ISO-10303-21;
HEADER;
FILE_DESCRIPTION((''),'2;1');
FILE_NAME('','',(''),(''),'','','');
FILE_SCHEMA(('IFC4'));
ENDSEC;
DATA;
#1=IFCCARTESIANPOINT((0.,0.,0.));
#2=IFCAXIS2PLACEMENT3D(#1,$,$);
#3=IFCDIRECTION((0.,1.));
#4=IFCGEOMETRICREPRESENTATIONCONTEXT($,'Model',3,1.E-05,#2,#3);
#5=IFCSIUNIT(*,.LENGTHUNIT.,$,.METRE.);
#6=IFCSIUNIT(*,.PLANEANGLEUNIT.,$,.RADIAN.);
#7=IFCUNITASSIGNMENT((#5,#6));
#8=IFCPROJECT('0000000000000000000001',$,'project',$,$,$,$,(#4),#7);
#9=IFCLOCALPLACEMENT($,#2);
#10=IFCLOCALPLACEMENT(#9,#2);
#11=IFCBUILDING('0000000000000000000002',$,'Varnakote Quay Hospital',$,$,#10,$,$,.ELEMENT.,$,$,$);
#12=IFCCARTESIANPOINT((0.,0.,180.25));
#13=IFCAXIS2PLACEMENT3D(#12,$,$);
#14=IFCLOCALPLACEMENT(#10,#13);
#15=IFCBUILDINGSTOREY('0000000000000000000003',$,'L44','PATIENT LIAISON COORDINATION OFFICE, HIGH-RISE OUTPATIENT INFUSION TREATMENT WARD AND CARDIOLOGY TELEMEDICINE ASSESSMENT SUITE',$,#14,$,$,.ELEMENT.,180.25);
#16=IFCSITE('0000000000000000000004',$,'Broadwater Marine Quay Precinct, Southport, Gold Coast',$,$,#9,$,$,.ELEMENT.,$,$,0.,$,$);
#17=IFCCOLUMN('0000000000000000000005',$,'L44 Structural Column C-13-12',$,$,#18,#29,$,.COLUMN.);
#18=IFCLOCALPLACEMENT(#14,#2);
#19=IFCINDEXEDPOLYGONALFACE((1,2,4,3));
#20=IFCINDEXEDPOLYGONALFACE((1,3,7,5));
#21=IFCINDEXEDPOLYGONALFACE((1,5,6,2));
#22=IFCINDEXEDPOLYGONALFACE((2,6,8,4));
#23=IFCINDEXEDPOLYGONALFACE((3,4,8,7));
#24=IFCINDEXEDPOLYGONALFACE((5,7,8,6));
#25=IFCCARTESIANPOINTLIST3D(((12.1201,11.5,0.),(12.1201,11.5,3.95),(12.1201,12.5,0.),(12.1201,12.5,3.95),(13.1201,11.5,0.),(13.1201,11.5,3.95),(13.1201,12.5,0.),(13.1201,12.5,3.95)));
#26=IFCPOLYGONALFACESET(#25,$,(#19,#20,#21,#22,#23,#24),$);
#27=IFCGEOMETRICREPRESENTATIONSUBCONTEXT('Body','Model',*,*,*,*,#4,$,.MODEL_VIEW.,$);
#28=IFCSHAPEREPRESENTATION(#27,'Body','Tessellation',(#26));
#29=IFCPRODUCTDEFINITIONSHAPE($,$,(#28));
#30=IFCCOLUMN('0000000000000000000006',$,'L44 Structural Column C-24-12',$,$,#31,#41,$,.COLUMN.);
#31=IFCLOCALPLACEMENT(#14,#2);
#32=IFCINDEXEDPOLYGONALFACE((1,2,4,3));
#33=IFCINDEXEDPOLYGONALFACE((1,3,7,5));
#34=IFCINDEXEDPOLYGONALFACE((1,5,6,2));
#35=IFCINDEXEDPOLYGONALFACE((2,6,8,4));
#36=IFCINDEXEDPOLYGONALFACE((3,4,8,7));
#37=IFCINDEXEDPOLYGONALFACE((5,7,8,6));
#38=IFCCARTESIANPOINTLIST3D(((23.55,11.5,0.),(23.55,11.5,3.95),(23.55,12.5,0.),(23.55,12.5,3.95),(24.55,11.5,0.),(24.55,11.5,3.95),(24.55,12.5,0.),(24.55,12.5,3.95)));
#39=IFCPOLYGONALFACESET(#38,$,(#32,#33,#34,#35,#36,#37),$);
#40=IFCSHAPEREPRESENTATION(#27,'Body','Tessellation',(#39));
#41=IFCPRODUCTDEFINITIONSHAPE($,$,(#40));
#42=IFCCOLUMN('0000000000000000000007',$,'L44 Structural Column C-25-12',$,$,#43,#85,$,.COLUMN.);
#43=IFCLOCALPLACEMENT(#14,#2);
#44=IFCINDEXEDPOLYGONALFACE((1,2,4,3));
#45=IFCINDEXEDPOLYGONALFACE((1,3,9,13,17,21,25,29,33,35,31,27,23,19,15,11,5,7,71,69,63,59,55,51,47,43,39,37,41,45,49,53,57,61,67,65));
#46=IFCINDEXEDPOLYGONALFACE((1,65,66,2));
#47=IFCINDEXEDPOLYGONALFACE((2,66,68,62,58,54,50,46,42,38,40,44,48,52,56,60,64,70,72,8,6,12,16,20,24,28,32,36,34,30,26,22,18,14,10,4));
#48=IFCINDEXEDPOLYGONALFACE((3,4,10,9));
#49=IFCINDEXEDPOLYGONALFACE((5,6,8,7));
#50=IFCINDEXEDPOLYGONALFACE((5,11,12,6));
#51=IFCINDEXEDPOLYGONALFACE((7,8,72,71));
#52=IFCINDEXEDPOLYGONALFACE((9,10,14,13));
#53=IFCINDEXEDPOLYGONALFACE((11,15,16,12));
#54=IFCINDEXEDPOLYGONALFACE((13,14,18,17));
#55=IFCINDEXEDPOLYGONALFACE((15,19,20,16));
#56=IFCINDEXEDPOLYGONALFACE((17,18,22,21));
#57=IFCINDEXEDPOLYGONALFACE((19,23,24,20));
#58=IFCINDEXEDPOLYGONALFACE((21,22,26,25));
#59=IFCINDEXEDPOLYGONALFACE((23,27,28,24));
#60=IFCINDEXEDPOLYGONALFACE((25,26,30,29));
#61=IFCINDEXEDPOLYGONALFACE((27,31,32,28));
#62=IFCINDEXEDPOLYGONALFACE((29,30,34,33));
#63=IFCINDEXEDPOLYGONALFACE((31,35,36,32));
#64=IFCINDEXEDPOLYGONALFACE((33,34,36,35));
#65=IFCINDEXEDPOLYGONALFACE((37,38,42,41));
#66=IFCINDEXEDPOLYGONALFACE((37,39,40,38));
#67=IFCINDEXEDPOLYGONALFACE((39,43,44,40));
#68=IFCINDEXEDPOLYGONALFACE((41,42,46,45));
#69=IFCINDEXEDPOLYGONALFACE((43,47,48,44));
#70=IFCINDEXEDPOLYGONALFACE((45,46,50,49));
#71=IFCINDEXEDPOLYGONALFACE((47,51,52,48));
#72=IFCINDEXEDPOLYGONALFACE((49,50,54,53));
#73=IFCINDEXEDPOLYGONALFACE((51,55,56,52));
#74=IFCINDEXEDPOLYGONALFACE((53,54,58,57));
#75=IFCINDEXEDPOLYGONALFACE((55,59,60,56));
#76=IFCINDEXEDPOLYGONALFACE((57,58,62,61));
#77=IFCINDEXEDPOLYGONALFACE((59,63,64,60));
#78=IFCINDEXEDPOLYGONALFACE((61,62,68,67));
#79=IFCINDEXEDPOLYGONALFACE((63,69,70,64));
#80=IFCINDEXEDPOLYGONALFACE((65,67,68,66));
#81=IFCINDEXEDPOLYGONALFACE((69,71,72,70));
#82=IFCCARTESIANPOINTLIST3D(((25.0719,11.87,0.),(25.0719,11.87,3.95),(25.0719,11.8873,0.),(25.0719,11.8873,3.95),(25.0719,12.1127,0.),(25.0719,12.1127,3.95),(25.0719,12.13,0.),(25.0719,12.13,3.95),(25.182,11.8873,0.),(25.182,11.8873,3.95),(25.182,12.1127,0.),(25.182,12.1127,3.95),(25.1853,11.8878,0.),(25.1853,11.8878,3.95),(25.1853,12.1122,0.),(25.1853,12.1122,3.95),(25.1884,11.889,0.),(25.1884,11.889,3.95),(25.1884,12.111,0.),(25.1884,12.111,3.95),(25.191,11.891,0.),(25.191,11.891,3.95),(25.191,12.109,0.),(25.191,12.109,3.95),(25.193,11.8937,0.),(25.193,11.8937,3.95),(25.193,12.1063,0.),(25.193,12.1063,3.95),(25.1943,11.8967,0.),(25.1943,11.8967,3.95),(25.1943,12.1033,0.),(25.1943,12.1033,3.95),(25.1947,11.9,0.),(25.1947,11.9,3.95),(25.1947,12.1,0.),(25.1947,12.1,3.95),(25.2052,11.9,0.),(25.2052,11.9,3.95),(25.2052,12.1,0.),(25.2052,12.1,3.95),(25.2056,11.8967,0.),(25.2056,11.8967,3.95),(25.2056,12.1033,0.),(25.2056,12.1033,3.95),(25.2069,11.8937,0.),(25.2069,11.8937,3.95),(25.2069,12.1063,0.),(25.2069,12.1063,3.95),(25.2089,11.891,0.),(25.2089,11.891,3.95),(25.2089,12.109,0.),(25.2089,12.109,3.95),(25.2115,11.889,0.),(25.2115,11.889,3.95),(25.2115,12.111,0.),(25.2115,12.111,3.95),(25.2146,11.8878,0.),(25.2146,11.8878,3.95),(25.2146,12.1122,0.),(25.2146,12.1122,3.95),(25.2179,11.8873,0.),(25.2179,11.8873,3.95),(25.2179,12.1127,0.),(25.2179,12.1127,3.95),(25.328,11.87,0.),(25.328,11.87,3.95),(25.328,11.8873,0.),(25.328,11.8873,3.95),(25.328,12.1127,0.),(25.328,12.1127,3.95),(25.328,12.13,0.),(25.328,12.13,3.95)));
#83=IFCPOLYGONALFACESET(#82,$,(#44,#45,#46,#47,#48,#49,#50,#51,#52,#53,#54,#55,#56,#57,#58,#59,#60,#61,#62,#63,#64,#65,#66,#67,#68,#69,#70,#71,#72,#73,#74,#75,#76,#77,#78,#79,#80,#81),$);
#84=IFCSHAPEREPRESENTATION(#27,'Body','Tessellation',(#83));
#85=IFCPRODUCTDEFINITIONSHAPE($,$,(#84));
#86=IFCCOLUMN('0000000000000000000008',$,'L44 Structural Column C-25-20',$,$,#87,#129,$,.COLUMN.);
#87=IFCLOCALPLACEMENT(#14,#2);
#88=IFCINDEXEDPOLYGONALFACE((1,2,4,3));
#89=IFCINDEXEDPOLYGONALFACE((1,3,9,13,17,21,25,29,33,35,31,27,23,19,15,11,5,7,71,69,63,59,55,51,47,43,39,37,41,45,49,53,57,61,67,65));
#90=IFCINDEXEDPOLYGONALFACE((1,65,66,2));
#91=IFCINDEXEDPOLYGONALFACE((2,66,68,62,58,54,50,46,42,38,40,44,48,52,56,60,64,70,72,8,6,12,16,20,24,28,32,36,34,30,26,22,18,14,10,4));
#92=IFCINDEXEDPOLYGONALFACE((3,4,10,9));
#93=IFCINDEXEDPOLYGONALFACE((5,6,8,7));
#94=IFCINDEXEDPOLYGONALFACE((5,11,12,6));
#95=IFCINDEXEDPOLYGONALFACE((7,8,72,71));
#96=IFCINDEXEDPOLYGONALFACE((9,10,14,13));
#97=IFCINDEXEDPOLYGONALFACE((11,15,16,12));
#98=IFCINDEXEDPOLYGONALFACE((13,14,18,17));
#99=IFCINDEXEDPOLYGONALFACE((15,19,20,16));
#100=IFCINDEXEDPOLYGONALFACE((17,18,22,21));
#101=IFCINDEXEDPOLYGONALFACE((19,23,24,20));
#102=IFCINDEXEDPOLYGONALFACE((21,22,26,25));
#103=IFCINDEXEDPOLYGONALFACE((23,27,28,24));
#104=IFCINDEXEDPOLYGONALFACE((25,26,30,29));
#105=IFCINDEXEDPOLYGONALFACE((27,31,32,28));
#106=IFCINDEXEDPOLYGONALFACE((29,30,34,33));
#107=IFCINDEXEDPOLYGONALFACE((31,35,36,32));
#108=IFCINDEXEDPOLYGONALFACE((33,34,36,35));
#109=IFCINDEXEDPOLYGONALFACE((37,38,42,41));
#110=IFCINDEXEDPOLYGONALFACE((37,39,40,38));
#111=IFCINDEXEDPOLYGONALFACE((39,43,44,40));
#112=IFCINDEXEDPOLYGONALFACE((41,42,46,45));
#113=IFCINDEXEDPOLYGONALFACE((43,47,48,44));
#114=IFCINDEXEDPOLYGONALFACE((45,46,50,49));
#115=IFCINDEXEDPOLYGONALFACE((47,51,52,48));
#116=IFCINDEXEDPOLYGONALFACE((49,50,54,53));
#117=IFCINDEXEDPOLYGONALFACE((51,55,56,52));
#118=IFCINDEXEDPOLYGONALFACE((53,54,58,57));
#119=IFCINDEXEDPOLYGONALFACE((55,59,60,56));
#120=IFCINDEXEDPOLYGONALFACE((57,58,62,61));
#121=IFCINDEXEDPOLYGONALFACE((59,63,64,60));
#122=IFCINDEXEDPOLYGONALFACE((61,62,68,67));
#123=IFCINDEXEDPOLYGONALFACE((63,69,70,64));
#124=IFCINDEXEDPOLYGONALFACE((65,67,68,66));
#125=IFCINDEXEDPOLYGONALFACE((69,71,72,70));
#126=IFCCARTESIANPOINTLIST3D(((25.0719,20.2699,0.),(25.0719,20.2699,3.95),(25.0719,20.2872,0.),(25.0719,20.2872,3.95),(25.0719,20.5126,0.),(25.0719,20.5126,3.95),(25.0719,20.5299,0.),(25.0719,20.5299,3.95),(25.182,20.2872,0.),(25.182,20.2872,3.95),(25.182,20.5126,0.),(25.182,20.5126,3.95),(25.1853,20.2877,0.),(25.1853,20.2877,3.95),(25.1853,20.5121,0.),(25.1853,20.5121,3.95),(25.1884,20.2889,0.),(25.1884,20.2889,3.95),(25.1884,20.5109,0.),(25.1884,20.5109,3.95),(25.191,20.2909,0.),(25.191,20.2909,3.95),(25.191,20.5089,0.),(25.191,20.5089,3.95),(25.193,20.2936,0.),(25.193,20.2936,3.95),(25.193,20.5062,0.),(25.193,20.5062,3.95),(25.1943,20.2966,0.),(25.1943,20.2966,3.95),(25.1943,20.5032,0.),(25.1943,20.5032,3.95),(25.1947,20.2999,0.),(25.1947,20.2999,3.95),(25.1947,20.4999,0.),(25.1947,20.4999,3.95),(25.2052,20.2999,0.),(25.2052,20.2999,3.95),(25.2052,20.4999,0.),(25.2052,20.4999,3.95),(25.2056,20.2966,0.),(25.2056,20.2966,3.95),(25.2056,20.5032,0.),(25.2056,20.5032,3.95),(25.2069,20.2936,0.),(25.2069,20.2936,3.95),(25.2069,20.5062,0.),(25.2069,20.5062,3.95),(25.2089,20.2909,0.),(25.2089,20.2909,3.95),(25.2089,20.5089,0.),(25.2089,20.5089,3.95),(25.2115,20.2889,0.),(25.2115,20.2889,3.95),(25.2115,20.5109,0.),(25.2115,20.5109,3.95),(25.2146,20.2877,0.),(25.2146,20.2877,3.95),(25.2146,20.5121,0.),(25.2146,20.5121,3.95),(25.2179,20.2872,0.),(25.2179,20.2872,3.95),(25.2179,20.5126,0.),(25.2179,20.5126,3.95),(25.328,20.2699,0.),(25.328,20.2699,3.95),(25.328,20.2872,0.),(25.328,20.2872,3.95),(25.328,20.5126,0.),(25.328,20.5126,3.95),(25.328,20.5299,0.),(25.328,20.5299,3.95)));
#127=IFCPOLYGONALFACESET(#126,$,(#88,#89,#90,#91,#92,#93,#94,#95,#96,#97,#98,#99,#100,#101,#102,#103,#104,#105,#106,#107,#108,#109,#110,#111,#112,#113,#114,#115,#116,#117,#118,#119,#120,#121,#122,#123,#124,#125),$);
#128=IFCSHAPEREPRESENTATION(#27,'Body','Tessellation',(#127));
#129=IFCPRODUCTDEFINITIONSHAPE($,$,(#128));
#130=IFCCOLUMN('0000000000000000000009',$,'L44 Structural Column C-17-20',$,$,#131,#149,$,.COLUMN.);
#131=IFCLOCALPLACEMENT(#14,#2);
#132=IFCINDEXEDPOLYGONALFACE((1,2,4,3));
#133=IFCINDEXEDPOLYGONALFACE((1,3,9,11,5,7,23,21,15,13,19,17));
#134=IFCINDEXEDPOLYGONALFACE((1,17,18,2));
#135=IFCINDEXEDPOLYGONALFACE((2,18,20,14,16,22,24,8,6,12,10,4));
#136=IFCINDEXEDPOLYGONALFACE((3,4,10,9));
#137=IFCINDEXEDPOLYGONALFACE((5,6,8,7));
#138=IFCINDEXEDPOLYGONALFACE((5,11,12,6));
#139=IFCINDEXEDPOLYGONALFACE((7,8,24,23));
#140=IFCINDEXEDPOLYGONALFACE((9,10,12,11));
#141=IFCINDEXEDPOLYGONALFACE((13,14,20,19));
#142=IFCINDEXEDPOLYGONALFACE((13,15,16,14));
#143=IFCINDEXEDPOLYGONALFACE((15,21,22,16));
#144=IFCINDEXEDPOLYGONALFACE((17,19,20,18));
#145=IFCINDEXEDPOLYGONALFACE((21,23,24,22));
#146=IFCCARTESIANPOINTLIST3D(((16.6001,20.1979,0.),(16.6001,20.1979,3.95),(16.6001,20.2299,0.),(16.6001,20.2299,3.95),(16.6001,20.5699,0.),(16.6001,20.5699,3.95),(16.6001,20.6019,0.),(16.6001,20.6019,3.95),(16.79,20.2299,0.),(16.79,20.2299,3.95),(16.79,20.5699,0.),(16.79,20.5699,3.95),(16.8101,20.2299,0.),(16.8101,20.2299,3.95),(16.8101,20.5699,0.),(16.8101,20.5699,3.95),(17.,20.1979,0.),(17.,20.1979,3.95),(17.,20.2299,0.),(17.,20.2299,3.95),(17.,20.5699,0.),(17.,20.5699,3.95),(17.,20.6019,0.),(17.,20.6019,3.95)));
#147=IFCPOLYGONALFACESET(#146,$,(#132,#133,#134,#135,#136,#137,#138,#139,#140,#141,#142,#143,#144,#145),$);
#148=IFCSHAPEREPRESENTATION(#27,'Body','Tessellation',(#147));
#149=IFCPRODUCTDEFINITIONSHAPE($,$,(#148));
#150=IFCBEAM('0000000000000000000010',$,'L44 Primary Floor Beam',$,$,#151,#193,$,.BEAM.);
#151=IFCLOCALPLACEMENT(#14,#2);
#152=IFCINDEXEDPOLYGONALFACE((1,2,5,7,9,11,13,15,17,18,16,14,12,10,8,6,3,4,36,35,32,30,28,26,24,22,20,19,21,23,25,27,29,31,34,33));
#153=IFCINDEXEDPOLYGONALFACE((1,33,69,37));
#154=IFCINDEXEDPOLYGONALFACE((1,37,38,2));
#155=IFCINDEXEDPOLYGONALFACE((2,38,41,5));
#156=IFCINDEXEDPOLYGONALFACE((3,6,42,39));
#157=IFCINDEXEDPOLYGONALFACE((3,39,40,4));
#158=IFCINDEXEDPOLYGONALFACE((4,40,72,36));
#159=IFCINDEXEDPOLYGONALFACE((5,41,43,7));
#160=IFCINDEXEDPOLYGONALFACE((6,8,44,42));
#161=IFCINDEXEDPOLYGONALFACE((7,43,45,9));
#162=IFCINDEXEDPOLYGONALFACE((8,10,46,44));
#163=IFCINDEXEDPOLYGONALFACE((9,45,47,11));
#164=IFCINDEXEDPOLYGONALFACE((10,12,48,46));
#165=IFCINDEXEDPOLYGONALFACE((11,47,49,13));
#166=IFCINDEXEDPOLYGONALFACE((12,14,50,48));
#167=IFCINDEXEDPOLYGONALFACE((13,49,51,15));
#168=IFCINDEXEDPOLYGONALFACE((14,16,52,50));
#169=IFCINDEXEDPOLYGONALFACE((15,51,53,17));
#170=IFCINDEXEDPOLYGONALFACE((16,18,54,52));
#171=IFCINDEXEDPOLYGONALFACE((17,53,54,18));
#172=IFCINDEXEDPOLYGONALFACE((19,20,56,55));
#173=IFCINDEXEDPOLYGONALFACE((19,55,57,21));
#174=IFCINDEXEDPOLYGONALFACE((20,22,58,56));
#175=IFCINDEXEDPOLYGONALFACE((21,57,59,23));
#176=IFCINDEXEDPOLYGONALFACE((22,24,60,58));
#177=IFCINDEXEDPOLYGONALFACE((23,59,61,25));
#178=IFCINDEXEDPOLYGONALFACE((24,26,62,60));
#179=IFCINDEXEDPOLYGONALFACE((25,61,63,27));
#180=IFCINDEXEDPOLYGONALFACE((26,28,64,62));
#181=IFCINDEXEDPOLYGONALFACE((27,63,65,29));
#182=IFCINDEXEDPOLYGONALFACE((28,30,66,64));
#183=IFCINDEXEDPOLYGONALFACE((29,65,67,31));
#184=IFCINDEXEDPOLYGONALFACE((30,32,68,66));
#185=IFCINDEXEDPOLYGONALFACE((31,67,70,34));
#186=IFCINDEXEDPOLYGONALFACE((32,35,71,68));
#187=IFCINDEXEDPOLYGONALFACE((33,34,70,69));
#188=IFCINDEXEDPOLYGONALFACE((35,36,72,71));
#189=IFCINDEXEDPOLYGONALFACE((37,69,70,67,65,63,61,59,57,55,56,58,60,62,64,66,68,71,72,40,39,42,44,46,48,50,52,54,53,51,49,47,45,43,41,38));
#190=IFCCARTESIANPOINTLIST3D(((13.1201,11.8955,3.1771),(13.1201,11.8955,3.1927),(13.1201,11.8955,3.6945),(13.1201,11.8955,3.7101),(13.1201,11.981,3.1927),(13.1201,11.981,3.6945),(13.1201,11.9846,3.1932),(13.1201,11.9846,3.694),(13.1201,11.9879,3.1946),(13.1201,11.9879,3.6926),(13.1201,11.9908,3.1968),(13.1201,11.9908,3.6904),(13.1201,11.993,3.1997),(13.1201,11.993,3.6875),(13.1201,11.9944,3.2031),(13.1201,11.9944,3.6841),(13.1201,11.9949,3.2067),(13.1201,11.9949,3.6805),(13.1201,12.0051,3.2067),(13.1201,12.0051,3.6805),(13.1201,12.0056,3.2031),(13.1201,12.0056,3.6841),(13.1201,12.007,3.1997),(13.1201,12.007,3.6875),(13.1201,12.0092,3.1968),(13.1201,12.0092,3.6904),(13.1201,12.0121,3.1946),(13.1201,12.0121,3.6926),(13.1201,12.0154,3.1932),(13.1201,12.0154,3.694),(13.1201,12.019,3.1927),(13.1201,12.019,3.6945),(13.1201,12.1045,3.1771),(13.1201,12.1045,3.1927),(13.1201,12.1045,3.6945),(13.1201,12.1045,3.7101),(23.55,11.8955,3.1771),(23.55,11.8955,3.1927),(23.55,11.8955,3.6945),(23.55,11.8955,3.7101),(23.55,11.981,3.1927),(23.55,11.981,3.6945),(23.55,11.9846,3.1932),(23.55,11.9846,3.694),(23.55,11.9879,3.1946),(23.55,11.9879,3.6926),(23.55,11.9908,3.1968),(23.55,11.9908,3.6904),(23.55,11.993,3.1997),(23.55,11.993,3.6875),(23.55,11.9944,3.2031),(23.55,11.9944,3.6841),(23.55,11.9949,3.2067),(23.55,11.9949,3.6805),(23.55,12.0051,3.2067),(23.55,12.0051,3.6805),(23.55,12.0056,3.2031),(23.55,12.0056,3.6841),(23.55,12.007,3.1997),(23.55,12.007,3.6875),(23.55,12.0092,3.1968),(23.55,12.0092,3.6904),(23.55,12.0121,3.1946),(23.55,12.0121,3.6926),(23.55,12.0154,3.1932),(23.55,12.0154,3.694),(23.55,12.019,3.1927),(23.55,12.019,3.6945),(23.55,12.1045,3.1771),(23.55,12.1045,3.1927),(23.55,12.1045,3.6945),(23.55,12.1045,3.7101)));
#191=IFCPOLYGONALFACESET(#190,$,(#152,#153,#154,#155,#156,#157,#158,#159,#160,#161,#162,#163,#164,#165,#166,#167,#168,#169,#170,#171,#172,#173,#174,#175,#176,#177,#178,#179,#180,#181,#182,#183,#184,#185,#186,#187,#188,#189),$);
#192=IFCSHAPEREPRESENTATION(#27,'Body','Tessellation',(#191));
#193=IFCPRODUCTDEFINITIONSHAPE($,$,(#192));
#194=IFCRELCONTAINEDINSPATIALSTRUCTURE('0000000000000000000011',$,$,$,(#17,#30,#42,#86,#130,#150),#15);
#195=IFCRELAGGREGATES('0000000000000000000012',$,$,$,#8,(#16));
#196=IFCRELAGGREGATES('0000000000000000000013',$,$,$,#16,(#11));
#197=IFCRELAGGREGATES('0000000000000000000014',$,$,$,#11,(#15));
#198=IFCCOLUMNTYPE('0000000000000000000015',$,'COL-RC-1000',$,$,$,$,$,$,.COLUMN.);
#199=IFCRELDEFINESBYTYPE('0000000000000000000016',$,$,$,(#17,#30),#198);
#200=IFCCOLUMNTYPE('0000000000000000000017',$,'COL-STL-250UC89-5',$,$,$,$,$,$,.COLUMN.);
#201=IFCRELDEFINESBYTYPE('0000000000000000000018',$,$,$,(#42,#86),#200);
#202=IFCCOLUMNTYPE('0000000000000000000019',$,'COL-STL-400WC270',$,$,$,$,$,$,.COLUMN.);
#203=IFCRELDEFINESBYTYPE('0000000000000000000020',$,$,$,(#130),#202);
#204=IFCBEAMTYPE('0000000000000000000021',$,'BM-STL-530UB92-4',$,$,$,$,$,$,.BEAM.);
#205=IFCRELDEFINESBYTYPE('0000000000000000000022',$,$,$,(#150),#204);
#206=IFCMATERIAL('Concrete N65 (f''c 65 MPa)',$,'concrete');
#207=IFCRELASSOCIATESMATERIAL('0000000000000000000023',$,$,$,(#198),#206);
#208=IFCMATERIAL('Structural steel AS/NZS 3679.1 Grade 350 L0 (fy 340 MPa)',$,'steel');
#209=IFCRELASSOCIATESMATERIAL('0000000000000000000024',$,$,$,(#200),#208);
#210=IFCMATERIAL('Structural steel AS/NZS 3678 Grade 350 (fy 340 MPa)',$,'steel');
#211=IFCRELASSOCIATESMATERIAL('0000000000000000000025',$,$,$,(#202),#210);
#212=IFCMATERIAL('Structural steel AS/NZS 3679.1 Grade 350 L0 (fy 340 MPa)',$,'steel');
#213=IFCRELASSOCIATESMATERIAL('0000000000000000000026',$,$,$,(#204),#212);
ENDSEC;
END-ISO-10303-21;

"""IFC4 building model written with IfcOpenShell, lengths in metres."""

from ifc_helpers import new_model, si_unit, direction, frame, origin, origin_2d, place, context, subcontext, project, spatial, rectangle, i_section, extrude, material, material_profile, profile_set, type_object, element, save


model = new_model("IFC4")

# Units and contexts
model_context = context("Model", 3, precision=1e-05, world=origin(), true_north=direction((0.0, 1.0)))
body_context = subcontext(model_context, "Body", "Model", "MODEL_VIEW")
ifc_project = project(units=[si_unit("LENGTHUNIT", "METRE"), si_unit("PLANEANGLEUNIT", "RADIAN")], contexts=[model_context])

# Site, building, storey
site_placement = place(None, origin())
site = spatial("IfcSite", under=ifc_project, at=site_placement, Name="Broadwater Marine Quay Precinct, Southport, Gold Coast", CompositionType="ELEMENT", RefElevation=0.0)
building_placement = place(site_placement, origin())
building = spatial("IfcBuilding", under=site, at=building_placement, Name="Varnakote Quay Hospital", CompositionType="ELEMENT")
storey_placement = place(building_placement, frame((0.0, 0.0, 180.25)))
storey = spatial("IfcBuildingStorey", under=building, at=storey_placement, Name="L44", Description="PATIENT LIAISON COORDINATION OFFICE, HIGH-RISE OUTPATIENT INFUSION TREATMENT WARD AND CARDIOLOGY TELEMEDICINE ASSESSMENT SUITE", CompositionType="ELEMENT", Elevation=180.25)

# Columns
ifc_material_1 = material(Name="Concrete N65 (f'c 65 MPa)", Category="concrete")
ifc_material_profile_1 = material_profile(ifc_material_1, rectangle(XDim=1.0, YDim=1.0, at=origin_2d()), Name="RC-COL-1000x1000")
ifc_profile_set_1 = profile_set([ifc_material_profile_1], Name="Concrete N65 (f'c 65 MPa)")
column_type_1 = type_object("IfcColumnType", Name="COL-RC-1000", PredefinedType="COLUMN", material=ifc_profile_set_1)
for number, where, z_axis, x_axis, name in (
    (1, (12.6201, 12.0, 0.0), (0.0, 0.0, 1.0), (1.0, 0.0, 0.0), "L44 Structural Column C-13-12"),
    (2, (24.05, 12.0, 0.0), (0.0, 0.0, 1.0), (1.0, 0.0, 0.0), "L44 Structural Column C-24-12"),
):
    element("IfcColumn", number, at=place(storey_placement, frame(where, z_axis=z_axis, x_axis=x_axis)), inside=storey, type_object=column_type_1, Name=name, PredefinedType="COLUMN", context=body_context, shape_type="SweptSolid", body=[
        extrude(rectangle(XDim=1.0, YDim=1.0, at=origin_2d()), origin(), (0.0, 0.0, 1.0), 3.95),
    ])
ifc_material_2 = material(Name="Structural steel AS/NZS 3679.1 Grade 350 L0 (fy 340 MPa)", Category="steel")
ifc_material_profile_2 = material_profile(ifc_material_2, i_section(OverallWidth=0.2561, OverallDepth=0.26, WebThickness=0.0105, FlangeThickness=0.0173, FilletRadius=0.0127, at=origin_2d()), Name="250UC89.5")
ifc_profile_set_2 = profile_set([ifc_material_profile_2], Name="Structural steel AS/NZS 3679.1 Grade 350 L0 (fy 340 MPa)")
column_type_2 = type_object("IfcColumnType", Name="COL-STL-250UC89-5", PredefinedType="COLUMN", material=ifc_profile_set_2)
for number, where, z_axis, x_axis, name in (
    (3, (25.2, 12.0, 0.0), (0.0, 0.0, 1.0), (1.0, 0.0, 0.0), "L44 Structural Column C-25-12"),
    (4, (25.2, 20.3999, 0.0), (0.0, 0.0, 1.0), (1.0, 0.0, 0.0), "L44 Structural Column C-25-20"),
):
    element("IfcColumn", number, at=place(storey_placement, frame(where, z_axis=z_axis, x_axis=x_axis)), inside=storey, type_object=column_type_2, Name=name, PredefinedType="COLUMN", context=body_context, shape_type="SweptSolid", body=[
        extrude(i_section(OverallWidth=0.2561, OverallDepth=0.26, WebThickness=0.0105, FlangeThickness=0.0173, FilletRadius=0.0127, at=origin_2d()), origin(), (0.0, 0.0, 1.0), 3.95),
    ])
ifc_material_3 = material(Name="Structural steel AS/NZS 3678 Grade 350 (fy 340 MPa)", Category="steel")
ifc_material_profile_3 = material_profile(ifc_material_3, i_section(OverallWidth=0.3999, OverallDepth=0.4041, WebThickness=0.02, FlangeThickness=0.032, at=origin_2d()), Name="400WC270")
ifc_profile_set_3 = profile_set([ifc_material_profile_3], Name="Structural steel AS/NZS 3678 Grade 350 (fy 340 MPa)")
column_type_3 = type_object("IfcColumnType", Name="COL-STL-400WC270", PredefinedType="COLUMN", material=ifc_profile_set_3)
column_placement = place(storey_placement, frame((16.8, 20.3999, 0.0), z_axis=(0.0, 0.0, 1.0), x_axis=(1.0, 0.0, 0.0)))
element("IfcColumn", 5, at=column_placement, inside=storey, type_object=column_type_3, Name="L44 Structural Column C-17-20", PredefinedType="COLUMN", context=body_context, shape_type="SweptSolid", body=[
    extrude(i_section(OverallWidth=0.3999, OverallDepth=0.4041, WebThickness=0.02, FlangeThickness=0.032, at=origin_2d()), origin(), (0.0, 0.0, 1.0), 3.95),
])

# Beam
ifc_material_4 = material(Name="Structural steel AS/NZS 3679.1 Grade 350 L0 (fy 340 MPa)", Category="steel")
ifc_material_profile_4 = material_profile(ifc_material_4, i_section(OverallWidth=0.209, OverallDepth=0.533, WebThickness=0.0103, FlangeThickness=0.0156, FilletRadius=0.0139, at=origin_2d()), Name="530UB92.4")
ifc_profile_set_4 = profile_set([ifc_material_profile_4], Name="Structural steel AS/NZS 3679.1 Grade 350 L0 (fy 340 MPa)")
beam_type = type_object("IfcBeamType", Name="BM-STL-530UB92-4", PredefinedType="BEAM", material=ifc_profile_set_4)
beam_1_placement = place(storey_placement, frame((13.1201, 12.0, 3.4436), z_axis=(1.0, 0.0, 0.0), x_axis=(0.0, 1.0, 0.0)))
element("IfcBeam", 6, at=beam_1_placement, inside=storey, type_object=beam_type, Name="L44 Primary Floor Beam", PredefinedType="BEAM", context=body_context, shape_type="SweptSolid", body=[
    extrude(i_section(OverallWidth=0.209, OverallDepth=0.533, WebThickness=0.0103, FlangeThickness=0.0156, FilletRadius=0.0139, at=origin_2d()), origin(), (0.0, 0.0, 1.0), 10.4299),
])

save(model, "model.ifc")
